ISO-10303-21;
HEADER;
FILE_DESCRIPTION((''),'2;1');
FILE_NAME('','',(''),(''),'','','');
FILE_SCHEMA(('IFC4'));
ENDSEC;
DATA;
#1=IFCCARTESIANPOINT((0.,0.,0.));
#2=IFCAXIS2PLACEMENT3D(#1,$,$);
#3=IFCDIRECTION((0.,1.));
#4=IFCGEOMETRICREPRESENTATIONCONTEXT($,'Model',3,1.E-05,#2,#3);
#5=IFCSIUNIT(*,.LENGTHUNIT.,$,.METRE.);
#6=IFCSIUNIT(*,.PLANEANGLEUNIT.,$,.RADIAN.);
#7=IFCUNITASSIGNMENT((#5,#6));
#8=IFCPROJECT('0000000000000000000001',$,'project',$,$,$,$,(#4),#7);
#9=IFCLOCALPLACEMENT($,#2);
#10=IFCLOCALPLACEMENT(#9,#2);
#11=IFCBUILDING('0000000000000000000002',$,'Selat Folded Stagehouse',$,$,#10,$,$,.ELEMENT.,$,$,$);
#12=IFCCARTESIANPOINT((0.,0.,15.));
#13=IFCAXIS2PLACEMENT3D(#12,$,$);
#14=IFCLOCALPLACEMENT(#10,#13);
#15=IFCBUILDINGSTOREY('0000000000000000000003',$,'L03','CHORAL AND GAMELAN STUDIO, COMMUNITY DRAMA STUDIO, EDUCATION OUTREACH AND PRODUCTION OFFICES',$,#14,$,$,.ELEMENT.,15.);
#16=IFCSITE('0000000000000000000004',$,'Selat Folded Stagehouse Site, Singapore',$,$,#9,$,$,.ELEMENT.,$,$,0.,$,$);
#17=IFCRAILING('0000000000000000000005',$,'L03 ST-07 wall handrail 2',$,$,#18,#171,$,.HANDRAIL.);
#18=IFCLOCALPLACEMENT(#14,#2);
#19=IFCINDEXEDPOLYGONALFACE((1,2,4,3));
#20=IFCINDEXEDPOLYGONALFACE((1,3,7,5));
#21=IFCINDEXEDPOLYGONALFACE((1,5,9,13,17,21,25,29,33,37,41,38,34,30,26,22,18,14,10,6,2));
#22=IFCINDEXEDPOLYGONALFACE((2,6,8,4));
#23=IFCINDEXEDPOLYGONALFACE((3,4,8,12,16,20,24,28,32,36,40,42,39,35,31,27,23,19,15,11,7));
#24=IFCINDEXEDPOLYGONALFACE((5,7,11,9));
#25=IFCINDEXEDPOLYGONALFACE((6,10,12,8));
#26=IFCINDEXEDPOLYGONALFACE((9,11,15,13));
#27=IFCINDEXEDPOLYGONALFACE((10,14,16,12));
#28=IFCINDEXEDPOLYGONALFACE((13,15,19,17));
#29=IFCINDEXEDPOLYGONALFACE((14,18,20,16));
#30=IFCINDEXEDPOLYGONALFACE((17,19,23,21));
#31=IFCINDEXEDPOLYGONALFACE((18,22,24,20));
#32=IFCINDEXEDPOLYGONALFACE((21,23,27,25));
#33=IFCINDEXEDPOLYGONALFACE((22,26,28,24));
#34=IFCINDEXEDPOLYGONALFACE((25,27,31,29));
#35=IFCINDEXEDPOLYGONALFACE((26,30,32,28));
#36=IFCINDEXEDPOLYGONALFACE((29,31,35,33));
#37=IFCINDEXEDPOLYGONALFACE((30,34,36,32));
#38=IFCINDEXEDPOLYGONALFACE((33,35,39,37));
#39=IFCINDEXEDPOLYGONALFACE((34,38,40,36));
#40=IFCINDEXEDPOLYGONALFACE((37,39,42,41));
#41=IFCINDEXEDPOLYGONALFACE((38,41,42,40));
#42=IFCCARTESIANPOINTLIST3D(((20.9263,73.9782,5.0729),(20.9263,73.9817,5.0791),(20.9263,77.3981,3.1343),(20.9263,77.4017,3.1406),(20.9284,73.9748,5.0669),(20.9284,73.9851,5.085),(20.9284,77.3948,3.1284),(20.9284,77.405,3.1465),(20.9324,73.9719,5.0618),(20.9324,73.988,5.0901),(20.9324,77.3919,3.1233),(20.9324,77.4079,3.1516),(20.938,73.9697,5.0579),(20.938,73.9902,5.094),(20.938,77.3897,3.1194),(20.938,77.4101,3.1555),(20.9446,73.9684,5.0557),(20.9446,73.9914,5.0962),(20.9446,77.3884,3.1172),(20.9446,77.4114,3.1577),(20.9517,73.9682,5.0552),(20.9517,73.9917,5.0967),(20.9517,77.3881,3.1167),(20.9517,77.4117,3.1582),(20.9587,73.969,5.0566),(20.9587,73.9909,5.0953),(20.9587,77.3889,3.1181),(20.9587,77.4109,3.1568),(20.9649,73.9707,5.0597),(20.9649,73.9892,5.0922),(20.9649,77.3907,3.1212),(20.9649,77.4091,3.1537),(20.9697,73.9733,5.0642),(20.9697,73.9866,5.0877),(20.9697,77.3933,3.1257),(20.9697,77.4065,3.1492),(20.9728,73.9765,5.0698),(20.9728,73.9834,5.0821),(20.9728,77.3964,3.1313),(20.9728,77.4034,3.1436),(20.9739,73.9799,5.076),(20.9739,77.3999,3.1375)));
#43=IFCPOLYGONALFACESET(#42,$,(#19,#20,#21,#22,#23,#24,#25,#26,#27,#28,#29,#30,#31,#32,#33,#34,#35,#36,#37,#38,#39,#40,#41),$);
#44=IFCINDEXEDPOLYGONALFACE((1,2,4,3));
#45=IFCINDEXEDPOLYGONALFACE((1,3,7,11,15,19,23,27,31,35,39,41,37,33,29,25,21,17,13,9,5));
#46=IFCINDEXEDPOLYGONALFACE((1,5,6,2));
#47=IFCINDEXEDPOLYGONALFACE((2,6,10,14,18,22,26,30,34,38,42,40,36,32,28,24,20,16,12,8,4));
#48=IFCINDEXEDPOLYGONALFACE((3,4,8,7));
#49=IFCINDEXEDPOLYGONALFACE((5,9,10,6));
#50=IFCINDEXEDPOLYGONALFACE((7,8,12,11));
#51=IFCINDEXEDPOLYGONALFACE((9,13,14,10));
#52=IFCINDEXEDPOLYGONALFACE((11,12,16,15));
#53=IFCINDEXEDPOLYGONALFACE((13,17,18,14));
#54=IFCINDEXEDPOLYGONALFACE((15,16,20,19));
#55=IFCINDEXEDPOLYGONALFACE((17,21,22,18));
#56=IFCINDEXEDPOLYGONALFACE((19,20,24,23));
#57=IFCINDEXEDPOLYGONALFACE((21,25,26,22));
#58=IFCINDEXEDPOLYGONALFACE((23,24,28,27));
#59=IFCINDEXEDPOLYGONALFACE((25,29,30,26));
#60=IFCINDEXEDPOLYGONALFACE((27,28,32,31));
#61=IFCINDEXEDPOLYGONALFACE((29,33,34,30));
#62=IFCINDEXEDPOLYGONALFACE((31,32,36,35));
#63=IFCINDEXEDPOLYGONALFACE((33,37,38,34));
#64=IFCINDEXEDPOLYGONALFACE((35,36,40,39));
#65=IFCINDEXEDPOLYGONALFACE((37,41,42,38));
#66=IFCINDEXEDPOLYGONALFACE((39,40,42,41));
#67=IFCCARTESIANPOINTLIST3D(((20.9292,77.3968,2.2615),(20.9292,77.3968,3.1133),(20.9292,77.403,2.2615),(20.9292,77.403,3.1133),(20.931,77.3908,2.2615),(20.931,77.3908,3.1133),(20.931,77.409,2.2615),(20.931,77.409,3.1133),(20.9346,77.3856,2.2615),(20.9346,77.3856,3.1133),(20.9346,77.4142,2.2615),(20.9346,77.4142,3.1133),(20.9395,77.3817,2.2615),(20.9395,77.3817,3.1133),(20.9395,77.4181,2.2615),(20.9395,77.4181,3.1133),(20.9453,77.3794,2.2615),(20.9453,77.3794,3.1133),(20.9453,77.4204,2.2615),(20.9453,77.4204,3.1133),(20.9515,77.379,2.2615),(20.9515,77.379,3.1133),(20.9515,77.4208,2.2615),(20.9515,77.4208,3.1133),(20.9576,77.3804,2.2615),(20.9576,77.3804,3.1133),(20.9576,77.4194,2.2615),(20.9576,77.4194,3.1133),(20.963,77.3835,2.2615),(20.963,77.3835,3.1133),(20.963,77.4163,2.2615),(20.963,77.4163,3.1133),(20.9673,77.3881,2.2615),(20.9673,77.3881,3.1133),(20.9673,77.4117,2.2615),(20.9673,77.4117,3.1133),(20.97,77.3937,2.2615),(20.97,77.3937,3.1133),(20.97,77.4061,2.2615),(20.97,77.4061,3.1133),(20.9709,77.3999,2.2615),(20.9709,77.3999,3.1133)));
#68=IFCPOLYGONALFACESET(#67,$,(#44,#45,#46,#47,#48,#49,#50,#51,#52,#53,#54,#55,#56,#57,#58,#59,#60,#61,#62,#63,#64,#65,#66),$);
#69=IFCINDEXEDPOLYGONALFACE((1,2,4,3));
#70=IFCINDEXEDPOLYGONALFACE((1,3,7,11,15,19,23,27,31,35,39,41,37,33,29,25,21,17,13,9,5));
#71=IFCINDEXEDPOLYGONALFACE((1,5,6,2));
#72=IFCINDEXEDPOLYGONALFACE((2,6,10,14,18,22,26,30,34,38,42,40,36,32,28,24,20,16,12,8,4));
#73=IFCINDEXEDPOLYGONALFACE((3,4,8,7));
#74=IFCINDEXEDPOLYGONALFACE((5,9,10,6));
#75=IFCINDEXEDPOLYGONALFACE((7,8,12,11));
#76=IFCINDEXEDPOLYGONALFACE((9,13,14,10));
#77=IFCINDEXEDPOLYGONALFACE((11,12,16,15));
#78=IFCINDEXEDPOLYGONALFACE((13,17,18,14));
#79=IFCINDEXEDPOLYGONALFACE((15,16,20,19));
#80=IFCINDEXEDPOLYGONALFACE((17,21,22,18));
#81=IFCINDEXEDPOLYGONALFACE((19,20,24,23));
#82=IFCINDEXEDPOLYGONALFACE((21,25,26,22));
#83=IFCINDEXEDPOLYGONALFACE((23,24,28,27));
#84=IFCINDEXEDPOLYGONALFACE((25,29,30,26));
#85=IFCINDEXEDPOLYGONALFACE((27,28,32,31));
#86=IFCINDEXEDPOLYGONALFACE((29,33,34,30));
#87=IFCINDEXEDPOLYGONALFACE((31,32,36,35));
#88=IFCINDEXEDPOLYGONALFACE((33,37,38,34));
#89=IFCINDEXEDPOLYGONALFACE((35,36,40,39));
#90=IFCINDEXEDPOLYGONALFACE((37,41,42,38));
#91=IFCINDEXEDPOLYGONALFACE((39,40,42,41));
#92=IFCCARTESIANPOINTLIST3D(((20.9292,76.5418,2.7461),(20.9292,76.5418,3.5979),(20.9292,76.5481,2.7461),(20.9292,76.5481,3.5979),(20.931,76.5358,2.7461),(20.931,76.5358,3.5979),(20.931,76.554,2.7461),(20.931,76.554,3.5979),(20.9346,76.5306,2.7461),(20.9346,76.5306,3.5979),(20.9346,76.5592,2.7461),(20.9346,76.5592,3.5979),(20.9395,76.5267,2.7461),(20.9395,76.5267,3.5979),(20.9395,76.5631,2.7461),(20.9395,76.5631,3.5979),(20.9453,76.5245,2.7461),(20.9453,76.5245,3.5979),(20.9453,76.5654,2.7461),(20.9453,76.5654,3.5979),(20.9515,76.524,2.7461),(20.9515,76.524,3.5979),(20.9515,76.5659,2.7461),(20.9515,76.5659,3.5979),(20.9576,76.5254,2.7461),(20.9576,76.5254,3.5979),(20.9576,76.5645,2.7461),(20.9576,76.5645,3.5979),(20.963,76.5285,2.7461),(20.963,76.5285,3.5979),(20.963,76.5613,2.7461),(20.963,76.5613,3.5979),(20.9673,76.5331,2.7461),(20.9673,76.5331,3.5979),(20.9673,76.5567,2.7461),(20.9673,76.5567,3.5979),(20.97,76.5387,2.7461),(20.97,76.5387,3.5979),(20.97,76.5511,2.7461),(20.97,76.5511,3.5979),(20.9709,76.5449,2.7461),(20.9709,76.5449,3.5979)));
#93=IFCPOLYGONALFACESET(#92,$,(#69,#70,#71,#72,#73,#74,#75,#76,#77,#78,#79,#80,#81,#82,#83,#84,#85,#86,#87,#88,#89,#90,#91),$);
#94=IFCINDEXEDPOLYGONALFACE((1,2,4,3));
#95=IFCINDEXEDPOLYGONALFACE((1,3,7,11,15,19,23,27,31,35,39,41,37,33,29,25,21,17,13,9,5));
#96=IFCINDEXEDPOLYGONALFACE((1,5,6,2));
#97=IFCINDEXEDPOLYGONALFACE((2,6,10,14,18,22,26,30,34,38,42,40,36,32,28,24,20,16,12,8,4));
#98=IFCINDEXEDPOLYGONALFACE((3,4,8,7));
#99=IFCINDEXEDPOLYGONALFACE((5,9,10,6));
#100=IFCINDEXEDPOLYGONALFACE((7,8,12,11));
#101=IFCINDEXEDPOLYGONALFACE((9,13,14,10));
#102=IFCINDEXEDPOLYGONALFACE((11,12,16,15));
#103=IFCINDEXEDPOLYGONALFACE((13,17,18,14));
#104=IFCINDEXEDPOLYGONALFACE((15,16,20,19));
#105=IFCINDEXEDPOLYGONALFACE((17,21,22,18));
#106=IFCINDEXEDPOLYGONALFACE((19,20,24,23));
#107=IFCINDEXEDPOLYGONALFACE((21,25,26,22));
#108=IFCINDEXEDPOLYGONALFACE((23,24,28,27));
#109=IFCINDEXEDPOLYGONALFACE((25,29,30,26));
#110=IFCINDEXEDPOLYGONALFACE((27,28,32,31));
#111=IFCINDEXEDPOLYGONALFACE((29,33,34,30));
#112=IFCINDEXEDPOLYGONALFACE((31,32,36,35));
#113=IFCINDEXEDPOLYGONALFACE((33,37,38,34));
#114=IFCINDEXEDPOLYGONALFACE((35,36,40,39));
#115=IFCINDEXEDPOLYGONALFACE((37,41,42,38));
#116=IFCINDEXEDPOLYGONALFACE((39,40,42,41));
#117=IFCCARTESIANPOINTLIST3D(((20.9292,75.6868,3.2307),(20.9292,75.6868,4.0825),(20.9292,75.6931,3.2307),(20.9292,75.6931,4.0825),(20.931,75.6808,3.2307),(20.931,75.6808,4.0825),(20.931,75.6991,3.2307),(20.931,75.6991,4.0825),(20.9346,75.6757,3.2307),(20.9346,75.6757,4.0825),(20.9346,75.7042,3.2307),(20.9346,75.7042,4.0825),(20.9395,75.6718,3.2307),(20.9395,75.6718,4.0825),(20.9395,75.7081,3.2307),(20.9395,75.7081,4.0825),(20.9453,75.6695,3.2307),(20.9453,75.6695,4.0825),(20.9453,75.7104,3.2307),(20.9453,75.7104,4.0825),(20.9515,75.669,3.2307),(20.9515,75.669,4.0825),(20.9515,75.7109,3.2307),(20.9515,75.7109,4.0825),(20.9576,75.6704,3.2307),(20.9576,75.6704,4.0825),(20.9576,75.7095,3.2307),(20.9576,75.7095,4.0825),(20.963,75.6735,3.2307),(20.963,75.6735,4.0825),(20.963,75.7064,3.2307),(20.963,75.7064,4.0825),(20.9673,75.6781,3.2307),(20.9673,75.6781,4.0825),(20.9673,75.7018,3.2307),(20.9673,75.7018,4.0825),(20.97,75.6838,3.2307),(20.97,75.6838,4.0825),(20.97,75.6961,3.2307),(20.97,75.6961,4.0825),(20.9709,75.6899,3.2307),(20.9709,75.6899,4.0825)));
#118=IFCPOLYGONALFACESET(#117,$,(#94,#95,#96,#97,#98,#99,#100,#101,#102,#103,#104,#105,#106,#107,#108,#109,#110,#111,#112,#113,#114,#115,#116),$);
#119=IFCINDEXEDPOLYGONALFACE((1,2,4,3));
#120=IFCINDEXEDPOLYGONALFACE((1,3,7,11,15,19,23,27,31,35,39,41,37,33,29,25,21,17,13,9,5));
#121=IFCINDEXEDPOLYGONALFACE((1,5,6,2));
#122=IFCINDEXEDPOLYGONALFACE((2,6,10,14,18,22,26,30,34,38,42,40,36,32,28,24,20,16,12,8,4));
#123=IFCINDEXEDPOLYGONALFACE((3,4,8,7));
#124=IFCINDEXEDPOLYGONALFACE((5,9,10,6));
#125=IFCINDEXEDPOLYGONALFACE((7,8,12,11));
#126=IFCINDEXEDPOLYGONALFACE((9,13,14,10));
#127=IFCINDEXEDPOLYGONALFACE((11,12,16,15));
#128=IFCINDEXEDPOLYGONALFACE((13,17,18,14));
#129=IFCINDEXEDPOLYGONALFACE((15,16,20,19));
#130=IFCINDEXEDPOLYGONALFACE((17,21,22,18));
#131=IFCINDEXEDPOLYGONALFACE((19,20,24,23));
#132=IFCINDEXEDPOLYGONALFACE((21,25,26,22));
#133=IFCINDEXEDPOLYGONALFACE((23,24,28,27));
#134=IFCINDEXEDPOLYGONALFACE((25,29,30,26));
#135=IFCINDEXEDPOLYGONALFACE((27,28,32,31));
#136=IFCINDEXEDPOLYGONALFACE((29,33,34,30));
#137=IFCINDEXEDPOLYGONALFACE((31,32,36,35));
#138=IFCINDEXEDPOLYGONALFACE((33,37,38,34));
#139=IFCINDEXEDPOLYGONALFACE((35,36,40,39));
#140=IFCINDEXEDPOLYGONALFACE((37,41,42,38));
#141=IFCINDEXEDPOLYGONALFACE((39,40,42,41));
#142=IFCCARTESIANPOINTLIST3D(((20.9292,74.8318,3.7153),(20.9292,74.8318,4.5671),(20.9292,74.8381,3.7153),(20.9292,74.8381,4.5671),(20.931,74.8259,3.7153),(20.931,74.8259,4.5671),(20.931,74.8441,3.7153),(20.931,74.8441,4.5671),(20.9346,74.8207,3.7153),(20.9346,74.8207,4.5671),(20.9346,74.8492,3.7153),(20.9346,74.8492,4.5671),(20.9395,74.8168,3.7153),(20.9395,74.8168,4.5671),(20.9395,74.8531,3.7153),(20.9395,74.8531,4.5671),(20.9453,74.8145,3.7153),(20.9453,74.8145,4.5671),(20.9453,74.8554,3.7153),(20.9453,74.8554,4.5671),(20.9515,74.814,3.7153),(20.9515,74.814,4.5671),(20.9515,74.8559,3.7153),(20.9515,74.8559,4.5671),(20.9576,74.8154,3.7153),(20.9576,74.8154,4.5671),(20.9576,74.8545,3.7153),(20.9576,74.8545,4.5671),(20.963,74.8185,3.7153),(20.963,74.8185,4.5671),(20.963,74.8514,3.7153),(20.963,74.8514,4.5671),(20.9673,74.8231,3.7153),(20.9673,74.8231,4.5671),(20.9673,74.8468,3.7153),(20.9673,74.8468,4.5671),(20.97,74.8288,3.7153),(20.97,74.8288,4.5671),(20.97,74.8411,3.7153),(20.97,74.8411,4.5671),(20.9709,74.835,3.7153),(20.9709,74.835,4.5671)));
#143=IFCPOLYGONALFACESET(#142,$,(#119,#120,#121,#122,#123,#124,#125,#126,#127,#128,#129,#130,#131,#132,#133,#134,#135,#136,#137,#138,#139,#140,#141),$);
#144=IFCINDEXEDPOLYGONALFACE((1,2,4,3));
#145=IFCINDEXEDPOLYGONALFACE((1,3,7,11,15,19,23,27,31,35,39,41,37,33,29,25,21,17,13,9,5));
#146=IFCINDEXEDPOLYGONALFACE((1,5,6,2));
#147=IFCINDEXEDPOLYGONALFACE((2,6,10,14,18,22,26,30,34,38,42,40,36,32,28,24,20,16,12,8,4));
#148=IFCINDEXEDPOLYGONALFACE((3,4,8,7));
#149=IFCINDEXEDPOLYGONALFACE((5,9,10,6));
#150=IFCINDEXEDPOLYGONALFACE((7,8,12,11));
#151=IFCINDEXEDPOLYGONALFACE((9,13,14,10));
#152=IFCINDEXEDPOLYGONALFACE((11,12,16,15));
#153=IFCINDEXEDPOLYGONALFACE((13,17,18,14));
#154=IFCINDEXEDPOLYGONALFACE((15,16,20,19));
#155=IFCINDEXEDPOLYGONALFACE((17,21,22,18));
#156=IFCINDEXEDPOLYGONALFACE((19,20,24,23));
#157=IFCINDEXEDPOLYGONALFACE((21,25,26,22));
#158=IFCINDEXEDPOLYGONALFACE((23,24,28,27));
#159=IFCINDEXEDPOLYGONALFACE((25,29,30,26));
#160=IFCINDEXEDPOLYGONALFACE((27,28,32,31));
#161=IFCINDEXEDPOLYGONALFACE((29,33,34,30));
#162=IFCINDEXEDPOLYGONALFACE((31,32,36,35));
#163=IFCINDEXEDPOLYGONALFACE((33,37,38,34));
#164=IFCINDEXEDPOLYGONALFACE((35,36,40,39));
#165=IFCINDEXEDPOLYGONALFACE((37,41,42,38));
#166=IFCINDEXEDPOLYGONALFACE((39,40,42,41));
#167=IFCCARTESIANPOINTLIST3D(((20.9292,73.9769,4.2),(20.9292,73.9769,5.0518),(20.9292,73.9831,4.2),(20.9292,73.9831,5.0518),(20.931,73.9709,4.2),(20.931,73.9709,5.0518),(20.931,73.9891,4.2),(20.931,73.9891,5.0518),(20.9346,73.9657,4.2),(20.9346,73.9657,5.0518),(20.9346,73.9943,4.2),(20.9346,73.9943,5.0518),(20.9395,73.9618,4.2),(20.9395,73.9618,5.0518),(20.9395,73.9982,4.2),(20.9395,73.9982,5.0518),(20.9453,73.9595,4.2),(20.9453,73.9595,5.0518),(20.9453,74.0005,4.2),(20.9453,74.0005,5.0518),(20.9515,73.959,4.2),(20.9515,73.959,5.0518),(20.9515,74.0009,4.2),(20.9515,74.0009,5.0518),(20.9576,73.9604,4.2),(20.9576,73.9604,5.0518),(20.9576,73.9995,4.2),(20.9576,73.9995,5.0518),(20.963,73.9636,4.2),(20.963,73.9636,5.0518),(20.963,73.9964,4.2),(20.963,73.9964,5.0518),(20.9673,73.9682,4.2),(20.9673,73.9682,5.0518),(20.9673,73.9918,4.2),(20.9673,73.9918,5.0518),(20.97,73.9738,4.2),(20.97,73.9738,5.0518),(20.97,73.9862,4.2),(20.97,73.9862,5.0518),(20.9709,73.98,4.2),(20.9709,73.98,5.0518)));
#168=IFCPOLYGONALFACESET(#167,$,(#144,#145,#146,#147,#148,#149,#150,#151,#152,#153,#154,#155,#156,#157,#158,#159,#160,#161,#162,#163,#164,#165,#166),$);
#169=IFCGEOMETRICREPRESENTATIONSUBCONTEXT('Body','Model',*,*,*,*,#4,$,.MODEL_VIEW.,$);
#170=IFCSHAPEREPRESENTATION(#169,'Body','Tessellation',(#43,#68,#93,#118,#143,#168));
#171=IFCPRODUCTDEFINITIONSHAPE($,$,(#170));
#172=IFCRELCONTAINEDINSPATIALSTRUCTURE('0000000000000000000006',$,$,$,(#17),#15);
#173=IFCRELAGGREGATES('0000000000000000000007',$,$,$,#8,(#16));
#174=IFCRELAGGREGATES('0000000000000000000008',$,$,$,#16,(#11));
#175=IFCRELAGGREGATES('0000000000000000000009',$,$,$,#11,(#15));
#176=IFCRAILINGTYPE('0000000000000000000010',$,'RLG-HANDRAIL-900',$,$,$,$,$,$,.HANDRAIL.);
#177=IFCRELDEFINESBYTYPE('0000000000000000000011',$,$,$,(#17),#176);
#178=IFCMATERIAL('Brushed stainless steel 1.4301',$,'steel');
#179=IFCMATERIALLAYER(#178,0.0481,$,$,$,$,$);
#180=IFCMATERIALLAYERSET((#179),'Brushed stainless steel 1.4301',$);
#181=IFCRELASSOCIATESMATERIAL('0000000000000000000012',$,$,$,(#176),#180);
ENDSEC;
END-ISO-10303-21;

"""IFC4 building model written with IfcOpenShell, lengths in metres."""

from ifc_helpers import new_model, si_unit, direction, frame, origin, origin_2d, place, context, subcontext, project, spatial, circle, extrude, material, layer, layer_set, type_object, element, save


model = new_model("IFC4")

# Units and contexts
model_context = context("Model", 3, precision=1e-05, world=origin(), true_north=direction((0.0, 1.0)))
body_context = subcontext(model_context, "Body", "Model", "MODEL_VIEW")
ifc_project = project(units=[si_unit("LENGTHUNIT", "METRE"), si_unit("PLANEANGLEUNIT", "RADIAN")], contexts=[model_context])

# Site, building, storey
site_placement = place(None, origin())
site = spatial("IfcSite", under=ifc_project, at=site_placement, Name="Selat Folded Stagehouse Site, Singapore", CompositionType="ELEMENT", RefElevation=0.0)
building_placement = place(site_placement, origin())
building = spatial("IfcBuilding", under=site, at=building_placement, Name="Selat Folded Stagehouse", CompositionType="ELEMENT")
storey_placement = place(building_placement, frame((0.0, 0.0, 15.0)))
storey = spatial("IfcBuildingStorey", under=building, at=storey_placement, Name="L03", Description="CHORAL AND GAMELAN STUDIO, COMMUNITY DRAMA STUDIO, EDUCATION OUTREACH AND PRODUCTION OFFICES", CompositionType="ELEMENT", Elevation=15.0)

# Railing
ifc_material_1 = material(Name="Brushed stainless steel 1.4301", Category="steel")
ifc_layer_1 = layer(ifc_material_1, 0.0481)
ifc_layer_set_1 = layer_set([ifc_layer_1], Name="Brushed stainless steel 1.4301")
railing_type_1 = type_object("IfcRailingType", Name="RLG-HANDRAIL-900", PredefinedType="HANDRAIL", material=ifc_layer_set_1)
railing_1_placement = place(storey_placement, frame((20.95, 77.3999, 2.2615)))
element("IfcRailing", 1, at=railing_1_placement, inside=storey, type_object=railing_type_1, Name="L03 ST-07 wall handrail 2", PredefinedType="HANDRAIL", context=body_context, shape_type="SweptSolid", body=[
    extrude(circle(Radius=0.0239, at=origin_2d()), frame((0.0, 0.0, 0.876), z_axis=(0.0, -0.869965, 0.493113), x_axis=(1.0, 0.0, 0.0)), (0.0, 0.0, 1.0), 3.9312),
    extrude(circle(Radius=0.021, at=origin_2d()), origin(), (0.0, 0.0, 1.0), 0.8518),
    extrude(circle(Radius=0.021, at=origin_2d()), frame((0.0, -0.855, 0.4846)), (0.0, 0.0, 1.0), 0.8518),
    extrude(circle(Radius=0.021, at=origin_2d()), frame((0.0, -1.71, 0.9692)), (0.0, 0.0, 1.0), 0.8518),
    extrude(circle(Radius=0.021, at=origin_2d()), frame((0.0, -2.5649, 1.4539)), (0.0, 0.0, 1.0), 0.8518),
    extrude(circle(Radius=0.021, at=origin_2d()), frame((0.0, -3.4199, 1.9385)), (0.0, 0.0, 1.0), 0.8518),
])

save(model, "model.ifc")
